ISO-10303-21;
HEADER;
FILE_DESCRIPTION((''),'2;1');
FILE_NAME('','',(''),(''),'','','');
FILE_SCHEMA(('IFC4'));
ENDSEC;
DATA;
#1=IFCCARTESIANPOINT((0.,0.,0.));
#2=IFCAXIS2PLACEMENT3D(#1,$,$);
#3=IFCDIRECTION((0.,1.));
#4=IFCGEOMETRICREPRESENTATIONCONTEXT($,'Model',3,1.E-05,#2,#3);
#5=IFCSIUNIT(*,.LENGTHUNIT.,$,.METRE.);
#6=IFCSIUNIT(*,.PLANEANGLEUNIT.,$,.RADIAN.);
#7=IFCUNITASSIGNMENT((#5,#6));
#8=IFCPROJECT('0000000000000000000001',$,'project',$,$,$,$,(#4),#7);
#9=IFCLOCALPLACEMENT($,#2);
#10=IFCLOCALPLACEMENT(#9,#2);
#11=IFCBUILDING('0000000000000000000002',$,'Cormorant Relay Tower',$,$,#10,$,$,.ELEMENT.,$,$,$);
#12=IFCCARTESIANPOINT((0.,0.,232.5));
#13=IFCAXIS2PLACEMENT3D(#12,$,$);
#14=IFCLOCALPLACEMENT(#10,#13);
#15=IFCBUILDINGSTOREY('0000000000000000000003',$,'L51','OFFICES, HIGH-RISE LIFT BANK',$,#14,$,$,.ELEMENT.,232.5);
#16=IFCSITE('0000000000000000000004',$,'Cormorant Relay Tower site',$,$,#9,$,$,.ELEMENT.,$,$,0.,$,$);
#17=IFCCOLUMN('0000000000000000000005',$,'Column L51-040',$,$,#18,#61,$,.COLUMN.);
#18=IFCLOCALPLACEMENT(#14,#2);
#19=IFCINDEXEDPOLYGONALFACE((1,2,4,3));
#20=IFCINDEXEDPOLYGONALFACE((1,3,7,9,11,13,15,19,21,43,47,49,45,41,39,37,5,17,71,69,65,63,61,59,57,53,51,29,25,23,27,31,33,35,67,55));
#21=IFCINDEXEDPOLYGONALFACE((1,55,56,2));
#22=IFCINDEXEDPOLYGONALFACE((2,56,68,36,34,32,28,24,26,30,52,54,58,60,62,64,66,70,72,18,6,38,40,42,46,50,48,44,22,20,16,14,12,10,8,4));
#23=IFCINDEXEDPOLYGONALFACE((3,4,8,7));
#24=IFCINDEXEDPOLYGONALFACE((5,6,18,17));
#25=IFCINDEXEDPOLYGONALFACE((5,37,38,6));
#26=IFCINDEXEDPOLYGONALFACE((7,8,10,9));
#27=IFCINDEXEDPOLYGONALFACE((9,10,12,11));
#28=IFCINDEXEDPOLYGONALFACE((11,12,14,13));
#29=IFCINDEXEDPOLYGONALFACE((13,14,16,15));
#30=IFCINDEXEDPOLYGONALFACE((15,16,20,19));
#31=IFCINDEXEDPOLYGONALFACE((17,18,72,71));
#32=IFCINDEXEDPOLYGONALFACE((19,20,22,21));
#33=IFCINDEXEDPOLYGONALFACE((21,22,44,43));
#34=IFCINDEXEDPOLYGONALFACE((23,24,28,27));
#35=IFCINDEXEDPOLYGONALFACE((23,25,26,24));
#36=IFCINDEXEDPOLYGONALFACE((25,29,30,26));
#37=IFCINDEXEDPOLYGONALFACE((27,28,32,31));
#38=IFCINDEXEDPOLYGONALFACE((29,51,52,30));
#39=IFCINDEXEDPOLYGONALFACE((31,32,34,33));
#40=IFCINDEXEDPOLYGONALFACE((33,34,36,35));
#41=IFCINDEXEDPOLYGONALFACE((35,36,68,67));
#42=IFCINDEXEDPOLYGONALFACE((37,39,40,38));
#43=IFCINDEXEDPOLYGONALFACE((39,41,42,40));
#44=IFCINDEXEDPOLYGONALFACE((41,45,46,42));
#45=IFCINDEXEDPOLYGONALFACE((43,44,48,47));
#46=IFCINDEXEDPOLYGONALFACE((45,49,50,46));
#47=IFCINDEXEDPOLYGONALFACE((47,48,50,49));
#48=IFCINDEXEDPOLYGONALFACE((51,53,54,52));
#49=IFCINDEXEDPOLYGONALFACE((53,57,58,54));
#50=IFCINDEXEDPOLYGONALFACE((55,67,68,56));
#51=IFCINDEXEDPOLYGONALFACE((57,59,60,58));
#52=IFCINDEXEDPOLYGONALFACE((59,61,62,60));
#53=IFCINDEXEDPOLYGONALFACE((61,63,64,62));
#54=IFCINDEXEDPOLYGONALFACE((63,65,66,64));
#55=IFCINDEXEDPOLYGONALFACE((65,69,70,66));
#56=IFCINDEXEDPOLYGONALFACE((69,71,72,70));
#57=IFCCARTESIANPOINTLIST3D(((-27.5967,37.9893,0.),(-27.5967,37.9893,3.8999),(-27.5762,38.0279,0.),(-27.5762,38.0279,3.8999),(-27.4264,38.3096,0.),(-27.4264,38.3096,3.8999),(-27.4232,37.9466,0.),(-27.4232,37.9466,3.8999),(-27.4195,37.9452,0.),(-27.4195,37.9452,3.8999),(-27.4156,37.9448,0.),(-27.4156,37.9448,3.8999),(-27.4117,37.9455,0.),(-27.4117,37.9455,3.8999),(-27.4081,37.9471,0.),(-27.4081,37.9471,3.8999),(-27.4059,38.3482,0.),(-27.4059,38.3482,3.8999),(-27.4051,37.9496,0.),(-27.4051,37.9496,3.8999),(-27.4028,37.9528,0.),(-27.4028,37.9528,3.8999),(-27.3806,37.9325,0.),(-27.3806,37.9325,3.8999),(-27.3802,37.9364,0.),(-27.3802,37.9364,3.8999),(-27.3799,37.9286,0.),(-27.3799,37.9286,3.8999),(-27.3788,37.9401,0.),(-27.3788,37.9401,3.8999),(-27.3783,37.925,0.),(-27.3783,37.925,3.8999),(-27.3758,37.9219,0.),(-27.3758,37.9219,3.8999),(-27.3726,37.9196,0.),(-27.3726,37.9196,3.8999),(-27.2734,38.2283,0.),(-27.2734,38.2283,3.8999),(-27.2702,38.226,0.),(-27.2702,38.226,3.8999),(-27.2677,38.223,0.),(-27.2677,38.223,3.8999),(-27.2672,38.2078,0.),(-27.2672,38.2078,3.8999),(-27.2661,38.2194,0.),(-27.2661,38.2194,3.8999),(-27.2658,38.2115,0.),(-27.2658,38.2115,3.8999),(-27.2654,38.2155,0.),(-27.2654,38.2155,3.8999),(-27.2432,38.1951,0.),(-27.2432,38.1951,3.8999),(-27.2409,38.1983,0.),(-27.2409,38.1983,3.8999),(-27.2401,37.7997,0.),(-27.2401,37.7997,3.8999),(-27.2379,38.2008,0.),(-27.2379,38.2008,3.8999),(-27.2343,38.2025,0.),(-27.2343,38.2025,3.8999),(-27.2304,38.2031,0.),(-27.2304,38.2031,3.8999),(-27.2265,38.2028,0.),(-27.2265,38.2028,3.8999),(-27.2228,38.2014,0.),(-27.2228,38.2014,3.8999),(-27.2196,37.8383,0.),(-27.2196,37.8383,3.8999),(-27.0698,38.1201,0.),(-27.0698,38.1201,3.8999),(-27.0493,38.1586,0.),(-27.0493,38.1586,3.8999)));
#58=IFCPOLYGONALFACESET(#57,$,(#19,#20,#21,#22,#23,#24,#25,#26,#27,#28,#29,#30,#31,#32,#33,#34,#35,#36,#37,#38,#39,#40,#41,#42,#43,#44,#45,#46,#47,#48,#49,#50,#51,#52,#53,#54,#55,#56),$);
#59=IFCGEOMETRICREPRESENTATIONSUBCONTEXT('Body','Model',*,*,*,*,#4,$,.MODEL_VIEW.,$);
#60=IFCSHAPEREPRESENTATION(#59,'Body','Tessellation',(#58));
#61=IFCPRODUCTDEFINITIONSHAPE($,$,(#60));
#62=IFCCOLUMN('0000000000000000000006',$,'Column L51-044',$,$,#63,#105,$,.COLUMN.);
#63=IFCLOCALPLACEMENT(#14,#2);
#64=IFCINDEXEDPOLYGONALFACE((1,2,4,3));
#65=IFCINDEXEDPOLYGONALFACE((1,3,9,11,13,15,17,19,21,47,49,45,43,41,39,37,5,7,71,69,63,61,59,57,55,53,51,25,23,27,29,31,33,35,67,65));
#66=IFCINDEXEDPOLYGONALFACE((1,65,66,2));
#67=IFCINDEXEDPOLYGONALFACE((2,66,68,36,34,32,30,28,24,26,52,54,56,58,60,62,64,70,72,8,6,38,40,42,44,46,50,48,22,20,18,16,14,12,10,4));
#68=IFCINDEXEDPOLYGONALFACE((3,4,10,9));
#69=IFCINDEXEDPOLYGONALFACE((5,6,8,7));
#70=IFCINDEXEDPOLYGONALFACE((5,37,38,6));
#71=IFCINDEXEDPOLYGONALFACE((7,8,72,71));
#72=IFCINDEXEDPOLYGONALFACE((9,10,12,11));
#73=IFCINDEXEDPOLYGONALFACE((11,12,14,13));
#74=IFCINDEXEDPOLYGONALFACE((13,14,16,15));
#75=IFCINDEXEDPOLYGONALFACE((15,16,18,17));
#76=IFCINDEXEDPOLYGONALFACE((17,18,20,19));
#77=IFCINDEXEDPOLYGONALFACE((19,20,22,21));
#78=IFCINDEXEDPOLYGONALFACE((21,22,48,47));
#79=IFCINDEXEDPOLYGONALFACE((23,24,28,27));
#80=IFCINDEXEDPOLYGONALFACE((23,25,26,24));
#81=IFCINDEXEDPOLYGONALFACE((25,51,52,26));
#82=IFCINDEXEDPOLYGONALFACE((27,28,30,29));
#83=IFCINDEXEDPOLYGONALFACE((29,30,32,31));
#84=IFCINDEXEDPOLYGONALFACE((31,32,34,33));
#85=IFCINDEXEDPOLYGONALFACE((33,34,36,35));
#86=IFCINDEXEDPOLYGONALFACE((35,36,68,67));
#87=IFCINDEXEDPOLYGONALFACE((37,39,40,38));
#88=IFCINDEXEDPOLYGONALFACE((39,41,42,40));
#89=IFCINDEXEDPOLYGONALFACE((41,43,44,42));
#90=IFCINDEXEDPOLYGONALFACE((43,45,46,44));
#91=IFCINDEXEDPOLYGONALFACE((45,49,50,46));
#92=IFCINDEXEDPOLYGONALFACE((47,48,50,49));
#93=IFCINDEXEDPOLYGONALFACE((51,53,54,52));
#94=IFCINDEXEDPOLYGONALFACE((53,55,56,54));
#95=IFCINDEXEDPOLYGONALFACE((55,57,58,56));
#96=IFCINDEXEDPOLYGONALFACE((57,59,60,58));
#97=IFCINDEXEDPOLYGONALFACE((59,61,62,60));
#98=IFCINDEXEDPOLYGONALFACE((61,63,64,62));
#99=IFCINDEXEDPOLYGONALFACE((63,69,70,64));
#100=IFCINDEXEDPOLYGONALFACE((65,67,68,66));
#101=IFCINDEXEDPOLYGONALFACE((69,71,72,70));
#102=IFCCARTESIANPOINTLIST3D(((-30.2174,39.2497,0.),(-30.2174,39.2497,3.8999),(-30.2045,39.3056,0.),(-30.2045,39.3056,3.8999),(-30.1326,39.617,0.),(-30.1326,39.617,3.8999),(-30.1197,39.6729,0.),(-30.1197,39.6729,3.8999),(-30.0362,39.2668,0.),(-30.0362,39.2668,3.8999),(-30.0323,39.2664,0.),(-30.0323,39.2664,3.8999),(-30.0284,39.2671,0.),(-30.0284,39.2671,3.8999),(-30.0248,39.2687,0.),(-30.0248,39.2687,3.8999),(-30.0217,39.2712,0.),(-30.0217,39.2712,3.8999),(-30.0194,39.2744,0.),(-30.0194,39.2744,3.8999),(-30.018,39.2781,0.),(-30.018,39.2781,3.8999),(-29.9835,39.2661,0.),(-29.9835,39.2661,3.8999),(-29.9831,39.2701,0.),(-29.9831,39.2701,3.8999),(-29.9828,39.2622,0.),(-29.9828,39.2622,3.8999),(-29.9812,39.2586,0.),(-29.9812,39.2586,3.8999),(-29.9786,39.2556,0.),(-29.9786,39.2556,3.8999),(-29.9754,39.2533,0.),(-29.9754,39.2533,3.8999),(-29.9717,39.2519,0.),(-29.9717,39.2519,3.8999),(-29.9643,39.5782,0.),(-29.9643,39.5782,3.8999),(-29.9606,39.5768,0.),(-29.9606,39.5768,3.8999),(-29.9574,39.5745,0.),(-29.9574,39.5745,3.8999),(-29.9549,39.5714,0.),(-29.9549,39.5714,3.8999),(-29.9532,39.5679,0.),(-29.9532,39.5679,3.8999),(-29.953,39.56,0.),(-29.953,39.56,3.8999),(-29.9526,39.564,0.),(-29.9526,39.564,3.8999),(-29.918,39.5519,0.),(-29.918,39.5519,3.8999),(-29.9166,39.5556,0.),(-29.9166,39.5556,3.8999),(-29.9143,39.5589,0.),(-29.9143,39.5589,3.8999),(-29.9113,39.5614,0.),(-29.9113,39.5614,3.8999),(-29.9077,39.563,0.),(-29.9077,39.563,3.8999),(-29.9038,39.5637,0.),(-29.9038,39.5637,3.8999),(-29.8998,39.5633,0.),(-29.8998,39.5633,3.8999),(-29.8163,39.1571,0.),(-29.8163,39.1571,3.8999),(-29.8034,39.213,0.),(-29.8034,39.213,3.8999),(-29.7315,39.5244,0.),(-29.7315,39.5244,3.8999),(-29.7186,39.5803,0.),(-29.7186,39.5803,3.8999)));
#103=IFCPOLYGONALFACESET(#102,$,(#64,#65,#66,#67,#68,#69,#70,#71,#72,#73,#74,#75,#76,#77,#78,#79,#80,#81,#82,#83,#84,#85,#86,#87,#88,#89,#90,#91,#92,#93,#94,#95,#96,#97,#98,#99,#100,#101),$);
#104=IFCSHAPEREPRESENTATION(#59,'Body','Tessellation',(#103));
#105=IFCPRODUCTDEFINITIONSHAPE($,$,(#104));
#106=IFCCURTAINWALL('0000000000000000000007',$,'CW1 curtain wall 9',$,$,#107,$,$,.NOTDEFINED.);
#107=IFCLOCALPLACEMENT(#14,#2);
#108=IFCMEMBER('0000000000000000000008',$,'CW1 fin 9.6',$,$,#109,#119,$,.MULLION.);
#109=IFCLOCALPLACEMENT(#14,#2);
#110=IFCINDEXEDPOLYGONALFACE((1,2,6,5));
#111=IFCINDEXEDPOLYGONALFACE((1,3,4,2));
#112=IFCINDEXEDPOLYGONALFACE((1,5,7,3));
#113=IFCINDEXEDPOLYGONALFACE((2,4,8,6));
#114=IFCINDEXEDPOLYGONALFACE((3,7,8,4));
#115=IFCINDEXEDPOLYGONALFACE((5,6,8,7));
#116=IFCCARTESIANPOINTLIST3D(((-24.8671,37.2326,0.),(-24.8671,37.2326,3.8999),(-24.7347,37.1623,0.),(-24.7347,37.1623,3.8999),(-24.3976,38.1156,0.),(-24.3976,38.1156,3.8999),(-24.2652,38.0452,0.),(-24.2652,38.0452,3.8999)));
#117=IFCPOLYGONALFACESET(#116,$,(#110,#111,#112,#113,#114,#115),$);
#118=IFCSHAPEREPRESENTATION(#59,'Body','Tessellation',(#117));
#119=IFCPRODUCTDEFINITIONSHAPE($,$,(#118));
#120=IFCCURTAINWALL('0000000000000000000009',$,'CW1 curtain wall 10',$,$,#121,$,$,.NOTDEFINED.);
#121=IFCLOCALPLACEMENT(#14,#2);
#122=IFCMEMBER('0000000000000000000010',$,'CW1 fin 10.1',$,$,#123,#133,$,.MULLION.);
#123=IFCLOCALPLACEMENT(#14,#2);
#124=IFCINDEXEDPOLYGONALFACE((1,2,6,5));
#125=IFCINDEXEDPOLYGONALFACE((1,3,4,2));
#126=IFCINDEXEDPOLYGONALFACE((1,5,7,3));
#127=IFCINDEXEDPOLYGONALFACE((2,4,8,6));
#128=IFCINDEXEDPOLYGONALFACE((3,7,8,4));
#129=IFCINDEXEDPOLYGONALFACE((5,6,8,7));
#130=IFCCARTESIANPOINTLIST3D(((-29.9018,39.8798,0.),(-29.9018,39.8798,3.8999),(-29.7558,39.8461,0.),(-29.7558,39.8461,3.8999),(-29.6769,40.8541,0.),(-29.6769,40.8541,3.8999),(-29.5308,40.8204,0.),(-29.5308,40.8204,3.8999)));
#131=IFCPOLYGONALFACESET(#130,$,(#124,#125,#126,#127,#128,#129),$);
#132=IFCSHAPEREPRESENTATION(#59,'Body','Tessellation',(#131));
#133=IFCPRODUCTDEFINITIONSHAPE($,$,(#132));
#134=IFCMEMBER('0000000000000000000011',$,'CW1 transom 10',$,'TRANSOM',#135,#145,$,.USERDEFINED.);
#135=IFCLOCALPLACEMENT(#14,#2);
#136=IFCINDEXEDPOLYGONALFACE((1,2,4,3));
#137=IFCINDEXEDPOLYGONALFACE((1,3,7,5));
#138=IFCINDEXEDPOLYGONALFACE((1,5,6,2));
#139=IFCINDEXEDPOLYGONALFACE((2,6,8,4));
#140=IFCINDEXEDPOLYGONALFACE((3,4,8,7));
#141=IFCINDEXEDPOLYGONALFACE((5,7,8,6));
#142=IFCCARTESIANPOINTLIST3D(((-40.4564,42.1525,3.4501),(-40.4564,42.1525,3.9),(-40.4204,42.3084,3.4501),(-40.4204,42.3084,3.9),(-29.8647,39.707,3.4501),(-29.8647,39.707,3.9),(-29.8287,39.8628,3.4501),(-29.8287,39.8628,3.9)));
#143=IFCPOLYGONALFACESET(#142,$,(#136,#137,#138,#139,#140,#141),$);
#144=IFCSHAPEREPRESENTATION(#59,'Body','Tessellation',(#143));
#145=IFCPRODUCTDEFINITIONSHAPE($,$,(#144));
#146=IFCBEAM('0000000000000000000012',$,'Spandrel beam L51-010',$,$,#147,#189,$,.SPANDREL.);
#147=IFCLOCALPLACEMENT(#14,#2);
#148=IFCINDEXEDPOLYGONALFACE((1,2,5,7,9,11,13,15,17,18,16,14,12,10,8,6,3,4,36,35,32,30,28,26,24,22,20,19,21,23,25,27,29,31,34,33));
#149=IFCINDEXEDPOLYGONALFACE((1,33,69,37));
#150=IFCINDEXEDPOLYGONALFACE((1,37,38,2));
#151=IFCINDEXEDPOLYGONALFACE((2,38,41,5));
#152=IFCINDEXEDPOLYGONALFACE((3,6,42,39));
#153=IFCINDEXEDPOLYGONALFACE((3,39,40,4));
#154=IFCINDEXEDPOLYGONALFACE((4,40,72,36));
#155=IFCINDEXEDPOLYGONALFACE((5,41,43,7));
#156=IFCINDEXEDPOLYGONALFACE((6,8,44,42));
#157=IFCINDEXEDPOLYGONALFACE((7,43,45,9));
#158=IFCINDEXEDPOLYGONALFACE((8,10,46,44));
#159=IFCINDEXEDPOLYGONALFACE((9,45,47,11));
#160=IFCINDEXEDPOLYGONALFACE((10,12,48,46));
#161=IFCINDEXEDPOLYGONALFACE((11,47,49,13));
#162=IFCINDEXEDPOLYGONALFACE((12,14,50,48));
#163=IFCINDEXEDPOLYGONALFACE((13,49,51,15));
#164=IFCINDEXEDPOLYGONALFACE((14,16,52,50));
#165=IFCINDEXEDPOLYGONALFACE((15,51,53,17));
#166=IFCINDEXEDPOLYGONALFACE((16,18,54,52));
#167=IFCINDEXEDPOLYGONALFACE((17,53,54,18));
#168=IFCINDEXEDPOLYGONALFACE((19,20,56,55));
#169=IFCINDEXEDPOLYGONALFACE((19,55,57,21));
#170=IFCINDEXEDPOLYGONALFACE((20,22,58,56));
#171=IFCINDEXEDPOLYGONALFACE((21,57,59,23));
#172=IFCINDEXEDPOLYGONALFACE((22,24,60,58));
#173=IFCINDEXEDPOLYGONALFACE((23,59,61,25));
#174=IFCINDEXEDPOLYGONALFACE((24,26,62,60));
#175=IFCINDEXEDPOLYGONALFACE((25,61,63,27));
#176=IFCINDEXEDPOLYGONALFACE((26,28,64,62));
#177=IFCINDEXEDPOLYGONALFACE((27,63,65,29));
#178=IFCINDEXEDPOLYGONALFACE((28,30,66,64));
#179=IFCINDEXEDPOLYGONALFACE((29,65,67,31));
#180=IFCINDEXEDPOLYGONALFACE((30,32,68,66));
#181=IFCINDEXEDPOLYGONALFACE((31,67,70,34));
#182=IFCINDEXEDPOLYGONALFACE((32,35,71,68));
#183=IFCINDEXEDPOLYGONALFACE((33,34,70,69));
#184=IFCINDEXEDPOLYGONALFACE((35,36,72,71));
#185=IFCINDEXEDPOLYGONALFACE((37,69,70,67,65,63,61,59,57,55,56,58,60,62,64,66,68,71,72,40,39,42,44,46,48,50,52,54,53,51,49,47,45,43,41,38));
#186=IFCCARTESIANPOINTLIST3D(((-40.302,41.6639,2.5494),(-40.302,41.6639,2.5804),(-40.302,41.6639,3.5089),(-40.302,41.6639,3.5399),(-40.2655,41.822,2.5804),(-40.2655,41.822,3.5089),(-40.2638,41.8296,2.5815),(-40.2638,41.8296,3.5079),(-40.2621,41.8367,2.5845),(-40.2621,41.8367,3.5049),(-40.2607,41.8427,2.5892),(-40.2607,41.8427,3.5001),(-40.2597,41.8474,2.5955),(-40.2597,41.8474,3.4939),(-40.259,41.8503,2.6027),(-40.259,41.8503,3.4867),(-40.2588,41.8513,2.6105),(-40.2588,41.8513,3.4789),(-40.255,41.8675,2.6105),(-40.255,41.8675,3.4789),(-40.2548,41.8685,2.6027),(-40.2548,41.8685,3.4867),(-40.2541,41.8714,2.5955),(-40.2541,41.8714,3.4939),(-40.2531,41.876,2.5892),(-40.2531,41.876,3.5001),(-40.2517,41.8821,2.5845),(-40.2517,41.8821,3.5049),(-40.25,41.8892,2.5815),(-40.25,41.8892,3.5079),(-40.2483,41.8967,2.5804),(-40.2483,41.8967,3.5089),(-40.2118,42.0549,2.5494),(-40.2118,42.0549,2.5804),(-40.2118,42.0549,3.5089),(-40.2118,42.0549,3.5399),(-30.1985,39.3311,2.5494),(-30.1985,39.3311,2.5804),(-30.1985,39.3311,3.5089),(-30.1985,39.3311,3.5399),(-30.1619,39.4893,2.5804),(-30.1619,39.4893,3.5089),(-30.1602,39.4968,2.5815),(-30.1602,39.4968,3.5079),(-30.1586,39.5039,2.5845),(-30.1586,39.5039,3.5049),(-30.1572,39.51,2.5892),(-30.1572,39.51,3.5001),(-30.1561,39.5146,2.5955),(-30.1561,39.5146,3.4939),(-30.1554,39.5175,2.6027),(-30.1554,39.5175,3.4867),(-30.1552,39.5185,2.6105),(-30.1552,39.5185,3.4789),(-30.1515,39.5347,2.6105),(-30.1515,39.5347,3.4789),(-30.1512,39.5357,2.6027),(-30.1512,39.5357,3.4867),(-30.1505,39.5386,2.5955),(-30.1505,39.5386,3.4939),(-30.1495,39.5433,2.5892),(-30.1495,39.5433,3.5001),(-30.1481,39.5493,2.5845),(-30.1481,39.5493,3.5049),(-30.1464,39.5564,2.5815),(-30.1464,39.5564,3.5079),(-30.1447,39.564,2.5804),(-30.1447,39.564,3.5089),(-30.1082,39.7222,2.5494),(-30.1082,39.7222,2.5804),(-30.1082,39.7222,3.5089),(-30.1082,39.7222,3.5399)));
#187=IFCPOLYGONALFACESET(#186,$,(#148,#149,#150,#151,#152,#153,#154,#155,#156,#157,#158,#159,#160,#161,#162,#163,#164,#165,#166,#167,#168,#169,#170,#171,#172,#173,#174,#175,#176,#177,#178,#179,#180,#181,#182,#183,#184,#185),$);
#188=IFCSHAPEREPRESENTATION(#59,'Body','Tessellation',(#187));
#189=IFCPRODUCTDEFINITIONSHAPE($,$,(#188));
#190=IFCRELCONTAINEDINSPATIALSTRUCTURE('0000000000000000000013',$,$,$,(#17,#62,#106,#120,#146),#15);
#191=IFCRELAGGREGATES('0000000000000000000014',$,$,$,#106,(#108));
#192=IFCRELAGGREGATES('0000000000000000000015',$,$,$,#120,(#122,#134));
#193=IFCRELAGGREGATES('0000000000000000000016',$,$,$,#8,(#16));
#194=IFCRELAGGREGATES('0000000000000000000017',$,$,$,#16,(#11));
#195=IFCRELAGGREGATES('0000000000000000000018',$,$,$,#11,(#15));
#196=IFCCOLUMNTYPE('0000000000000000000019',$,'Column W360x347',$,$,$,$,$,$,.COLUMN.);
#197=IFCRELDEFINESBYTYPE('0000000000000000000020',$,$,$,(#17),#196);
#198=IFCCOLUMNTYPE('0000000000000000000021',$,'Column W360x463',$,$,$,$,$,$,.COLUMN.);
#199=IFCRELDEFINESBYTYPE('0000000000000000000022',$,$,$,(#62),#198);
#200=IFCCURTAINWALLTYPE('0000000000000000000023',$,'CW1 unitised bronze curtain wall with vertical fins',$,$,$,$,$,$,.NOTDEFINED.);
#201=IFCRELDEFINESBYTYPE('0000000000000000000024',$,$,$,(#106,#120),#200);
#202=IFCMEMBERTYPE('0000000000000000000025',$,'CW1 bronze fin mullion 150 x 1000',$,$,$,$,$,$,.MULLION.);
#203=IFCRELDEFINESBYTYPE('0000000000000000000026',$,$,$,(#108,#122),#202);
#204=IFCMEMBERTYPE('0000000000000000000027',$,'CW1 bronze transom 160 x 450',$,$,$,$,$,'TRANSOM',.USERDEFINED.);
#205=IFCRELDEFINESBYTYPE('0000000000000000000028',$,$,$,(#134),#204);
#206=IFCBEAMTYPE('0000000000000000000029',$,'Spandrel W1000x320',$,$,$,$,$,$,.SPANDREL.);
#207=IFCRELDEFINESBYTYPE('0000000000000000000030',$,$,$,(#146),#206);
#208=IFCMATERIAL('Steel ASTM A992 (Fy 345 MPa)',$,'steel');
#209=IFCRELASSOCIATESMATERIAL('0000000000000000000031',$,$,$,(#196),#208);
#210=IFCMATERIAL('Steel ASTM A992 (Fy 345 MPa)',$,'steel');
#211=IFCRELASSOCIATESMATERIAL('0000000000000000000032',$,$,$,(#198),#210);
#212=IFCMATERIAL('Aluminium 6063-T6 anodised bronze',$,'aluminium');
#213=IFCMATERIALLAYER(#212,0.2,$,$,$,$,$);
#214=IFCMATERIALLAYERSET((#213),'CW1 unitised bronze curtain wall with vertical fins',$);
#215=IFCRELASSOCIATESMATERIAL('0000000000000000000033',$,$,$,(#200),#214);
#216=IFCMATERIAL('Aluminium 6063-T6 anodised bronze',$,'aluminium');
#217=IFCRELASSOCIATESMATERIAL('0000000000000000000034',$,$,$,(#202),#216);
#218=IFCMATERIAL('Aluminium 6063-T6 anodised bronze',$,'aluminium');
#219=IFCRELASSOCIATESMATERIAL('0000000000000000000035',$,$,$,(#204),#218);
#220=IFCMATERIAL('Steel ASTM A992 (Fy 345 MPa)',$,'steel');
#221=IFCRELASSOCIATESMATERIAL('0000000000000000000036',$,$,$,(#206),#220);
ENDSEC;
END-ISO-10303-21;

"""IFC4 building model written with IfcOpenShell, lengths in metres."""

from ifc_helpers import new_model, si_unit, direction, frame, origin, origin_2d, place, context, subcontext, project, spatial, rectangle, i_section, extrude, material, layer, layer_set, material_profile, profile_set, type_object, element, aggregate, save


model = new_model("IFC4")

# Units and contexts
model_context = context("Model", 3, precision=1e-05, world=origin(), true_north=direction((0.0, 1.0)))
body_context = subcontext(model_context, "Body", "Model", "MODEL_VIEW")
ifc_project = project(units=[si_unit("LENGTHUNIT", "METRE"), si_unit("PLANEANGLEUNIT", "RADIAN")], contexts=[model_context])

# Site, building, storey
site_placement = place(None, origin())
site = spatial("IfcSite", under=ifc_project, at=site_placement, Name="Cormorant Relay Tower site", CompositionType="ELEMENT", RefElevation=0.0)
building_placement = place(site_placement, origin())
building = spatial("IfcBuilding", under=site, at=building_placement, Name="Cormorant Relay Tower", CompositionType="ELEMENT")
storey_placement = place(building_placement, frame((0.0, 0.0, 232.5)))
storey = spatial("IfcBuildingStorey", under=building, at=storey_placement, Name="L51", Description="OFFICES, HIGH-RISE LIFT BANK", CompositionType="ELEMENT", Elevation=232.5)

# Columns
ifc_material_1 = material(Name="Steel ASTM A992 (Fy 345 MPa)", Category="steel")
ifc_material_profile_1 = material_profile(ifc_material_1, i_section(OverallWidth=0.4038, OverallDepth=0.4065, WebThickness=0.0271, FlangeThickness=0.0437, FilletRadius=0.0151, at=origin_2d()), Name="W360x347")
ifc_profile_set_1 = profile_set([ifc_material_profile_1], Name="Steel ASTM A992 (Fy 345 MPa)")
column_type_1 = type_object("IfcColumnType", Name="Column W360x347", PredefinedType="COLUMN", material=ifc_profile_set_1)
column_1_placement = place(storey_placement, frame((-27.323, 38.074, 0.0), z_axis=(0.0, 0.0, 1.0), x_axis=(-0.882948, 0.469472, 0.0)))
element("IfcColumn", 1, at=column_1_placement, inside=storey, type_object=column_type_1, Name="Column L51-040", PredefinedType="COLUMN", context=body_context, shape_type="SweptSolid", body=[
    extrude(i_section(OverallWidth=0.4038, OverallDepth=0.4065, WebThickness=0.0271, FlangeThickness=0.0437, FilletRadius=0.0151, at=origin_2d()), origin(), (0.0, 0.0, 1.0), 3.8999),
])
ifc_material_2 = material(Name="Steel ASTM A992 (Fy 345 MPa)", Category="steel")
ifc_material_profile_2 = material_profile(ifc_material_2, i_section(OverallWidth=0.4116, OverallDepth=0.4343, WebThickness=0.0359, FlangeThickness=0.0574, FilletRadius=0.0151, at=origin_2d()), Name="W360x463")
ifc_profile_set_2 = profile_set([ifc_material_profile_2], Name="Steel ASTM A992 (Fy 345 MPa)")
column_type_2 = type_object("IfcColumnType", Name="Column W360x463", PredefinedType="COLUMN", material=ifc_profile_set_2)
column_2_placement = place(storey_placement, frame((-29.968, 39.415, 0.0), z_axis=(0.0, 0.0, 1.0), x_axis=(-0.97437, 0.224951, 0.0)))
element("IfcColumn", 2, at=column_2_placement, inside=storey, type_object=column_type_2, Name="Column L51-044", PredefinedType="COLUMN", context=body_context, shape_type="SweptSolid", body=[
    extrude(i_section(OverallWidth=0.4116, OverallDepth=0.4343, WebThickness=0.0359, FlangeThickness=0.0574, FilletRadius=0.0151, at=origin_2d()), origin(), (0.0, 0.0, 1.0), 3.8999),
])

# Curtain wall, member
ifc_material_3 = material(Name="Aluminium 6063-T6 anodised bronze", Category="aluminium")
ifc_layer_1 = layer(ifc_material_3, 0.2)
ifc_layer_set_1 = layer_set([ifc_layer_1], Name="CW1 unitised bronze curtain wall with vertical fins")
curtain_wall_type = type_object("IfcCurtainWallType", Name="CW1 unitised bronze curtain wall with vertical fins", PredefinedType="NOTDEFINED", material=ifc_layer_set_1)
curtain_wall_1_placement = place(storey_placement, origin())
curtain_wall_1 = element("IfcCurtainWall", 3, at=curtain_wall_1_placement, inside=storey, type_object=curtain_wall_type, Name="CW1 curtain wall 9", PredefinedType="NOTDEFINED")
ifc_material_4 = material(Name="Aluminium 6063-T6 anodised bronze", Category="aluminium")
ifc_material_profile_3 = material_profile(ifc_material_4, rectangle(XDim=0.1499, YDim=1.0, at=origin_2d()), Name="AL 150x1000")
ifc_profile_set_3 = profile_set([ifc_material_profile_3], Name="Aluminium 6063-T6 anodised bronze")
member_type_1 = type_object("IfcMemberType", Name="CW1 bronze fin mullion 150 x 1000", PredefinedType="MULLION", material=ifc_profile_set_3)
member_1_placement = place(storey_placement, frame((-24.5662, 37.6389, 0.0), z_axis=(0.0, 0.0, 1.0), x_axis=(-0.882948, 0.469472, 0.0)))
member_1 = element("IfcMember", 4, at=member_1_placement, type_object=member_type_1, Name="CW1 fin 9.6", PredefinedType="MULLION", context=body_context, shape_type="SweptSolid", body=[
    extrude(rectangle(XDim=0.1499, YDim=1.0, at=origin_2d()), origin(), (0.0, 0.0, 1.0), 3.8999),
])

# Curtain wall, members
curtain_wall_2_placement = place(storey_placement, origin())
curtain_wall_2 = element("IfcCurtainWall", 5, at=curtain_wall_2_placement, inside=storey, type_object=curtain_wall_type, Name="CW1 curtain wall 10", PredefinedType="NOTDEFINED")
member_2_placement = place(storey_placement, frame((-29.7163, 40.3501, 0.0), z_axis=(0.0, 0.0, 1.0), x_axis=(-0.97437, 0.224951, 0.0)))
member_2 = element("IfcMember", 6, at=member_2_placement, type_object=member_type_1, Name="CW1 fin 10.1", PredefinedType="MULLION", context=body_context, shape_type="SweptSolid", body=[
    extrude(rectangle(XDim=0.1499, YDim=1.0, at=origin_2d()), origin(), (0.0, 0.0, 1.0), 3.8999),
])
ifc_material_5 = material(Name="Aluminium 6063-T6 anodised bronze", Category="aluminium")
ifc_material_profile_4 = material_profile(ifc_material_5, rectangle(XDim=0.1599, YDim=0.45, at=origin_2d()), Name="AL 160x450")
ifc_profile_set_4 = profile_set([ifc_material_profile_4], Name="Aluminium 6063-T6 anodised bronze")
member_type_2 = type_object("IfcMemberType", Name="CW1 bronze transom 160 x 450", ElementType="TRANSOM", PredefinedType="USERDEFINED", material=ifc_profile_set_4)
member_3_placement = place(storey_placement, frame((-29.8467, 39.7849, 3.675), z_axis=(-0.974365, 0.224973, 0.0), x_axis=(-0.224973, -0.974365, 0.0)))
member_3 = element("IfcMember", 7, at=member_3_placement, type_object=member_type_2, Name="CW1 transom 10", ObjectType="TRANSOM", PredefinedType="USERDEFINED", context=body_context, shape_type="SweptSolid", body=[
    extrude(rectangle(XDim=0.1599, YDim=0.45, at=origin_2d()), origin(), (0.0, 0.0, 1.0), 10.8704),
])

# Beam
ifc_material_6 = material(Name="Steel ASTM A992 (Fy 345 MPa)", Category="steel")
ifc_material_profile_5 = material_profile(ifc_material_6, i_section(OverallWidth=0.4014, OverallDepth=0.9905, WebThickness=0.0166, FlangeThickness=0.031, FilletRadius=0.03, at=origin_2d()), Name="W1000x320")
ifc_profile_set_5 = profile_set([ifc_material_profile_5], Name="Steel ASTM A992 (Fy 345 MPa)")
beam_type = type_object("IfcBeamType", Name="Spandrel W1000x320", PredefinedType="SPANDREL", material=ifc_profile_set_5)
beam_placement = place(storey_placement, frame((-30.1533, 39.5266, 3.0447), z_axis=(-0.974366, 0.224968, 0.0), x_axis=(-0.224968, -0.974366, 0.0)))
element("IfcBeam", 8, at=beam_placement, inside=storey, type_object=beam_type, Name="Spandrel beam L51-010", PredefinedType="SPANDREL", context=body_context, shape_type="SweptSolid", body=[
    extrude(i_section(OverallWidth=0.4014, OverallDepth=0.9905, WebThickness=0.0166, FlangeThickness=0.031, FilletRadius=0.03, at=origin_2d()), origin(), (0.0, 0.0, 1.0), 10.3694),
])

aggregate(curtain_wall_1, [member_1])
aggregate(curtain_wall_2, [member_2, member_3])

save(model, "model.ifc")
